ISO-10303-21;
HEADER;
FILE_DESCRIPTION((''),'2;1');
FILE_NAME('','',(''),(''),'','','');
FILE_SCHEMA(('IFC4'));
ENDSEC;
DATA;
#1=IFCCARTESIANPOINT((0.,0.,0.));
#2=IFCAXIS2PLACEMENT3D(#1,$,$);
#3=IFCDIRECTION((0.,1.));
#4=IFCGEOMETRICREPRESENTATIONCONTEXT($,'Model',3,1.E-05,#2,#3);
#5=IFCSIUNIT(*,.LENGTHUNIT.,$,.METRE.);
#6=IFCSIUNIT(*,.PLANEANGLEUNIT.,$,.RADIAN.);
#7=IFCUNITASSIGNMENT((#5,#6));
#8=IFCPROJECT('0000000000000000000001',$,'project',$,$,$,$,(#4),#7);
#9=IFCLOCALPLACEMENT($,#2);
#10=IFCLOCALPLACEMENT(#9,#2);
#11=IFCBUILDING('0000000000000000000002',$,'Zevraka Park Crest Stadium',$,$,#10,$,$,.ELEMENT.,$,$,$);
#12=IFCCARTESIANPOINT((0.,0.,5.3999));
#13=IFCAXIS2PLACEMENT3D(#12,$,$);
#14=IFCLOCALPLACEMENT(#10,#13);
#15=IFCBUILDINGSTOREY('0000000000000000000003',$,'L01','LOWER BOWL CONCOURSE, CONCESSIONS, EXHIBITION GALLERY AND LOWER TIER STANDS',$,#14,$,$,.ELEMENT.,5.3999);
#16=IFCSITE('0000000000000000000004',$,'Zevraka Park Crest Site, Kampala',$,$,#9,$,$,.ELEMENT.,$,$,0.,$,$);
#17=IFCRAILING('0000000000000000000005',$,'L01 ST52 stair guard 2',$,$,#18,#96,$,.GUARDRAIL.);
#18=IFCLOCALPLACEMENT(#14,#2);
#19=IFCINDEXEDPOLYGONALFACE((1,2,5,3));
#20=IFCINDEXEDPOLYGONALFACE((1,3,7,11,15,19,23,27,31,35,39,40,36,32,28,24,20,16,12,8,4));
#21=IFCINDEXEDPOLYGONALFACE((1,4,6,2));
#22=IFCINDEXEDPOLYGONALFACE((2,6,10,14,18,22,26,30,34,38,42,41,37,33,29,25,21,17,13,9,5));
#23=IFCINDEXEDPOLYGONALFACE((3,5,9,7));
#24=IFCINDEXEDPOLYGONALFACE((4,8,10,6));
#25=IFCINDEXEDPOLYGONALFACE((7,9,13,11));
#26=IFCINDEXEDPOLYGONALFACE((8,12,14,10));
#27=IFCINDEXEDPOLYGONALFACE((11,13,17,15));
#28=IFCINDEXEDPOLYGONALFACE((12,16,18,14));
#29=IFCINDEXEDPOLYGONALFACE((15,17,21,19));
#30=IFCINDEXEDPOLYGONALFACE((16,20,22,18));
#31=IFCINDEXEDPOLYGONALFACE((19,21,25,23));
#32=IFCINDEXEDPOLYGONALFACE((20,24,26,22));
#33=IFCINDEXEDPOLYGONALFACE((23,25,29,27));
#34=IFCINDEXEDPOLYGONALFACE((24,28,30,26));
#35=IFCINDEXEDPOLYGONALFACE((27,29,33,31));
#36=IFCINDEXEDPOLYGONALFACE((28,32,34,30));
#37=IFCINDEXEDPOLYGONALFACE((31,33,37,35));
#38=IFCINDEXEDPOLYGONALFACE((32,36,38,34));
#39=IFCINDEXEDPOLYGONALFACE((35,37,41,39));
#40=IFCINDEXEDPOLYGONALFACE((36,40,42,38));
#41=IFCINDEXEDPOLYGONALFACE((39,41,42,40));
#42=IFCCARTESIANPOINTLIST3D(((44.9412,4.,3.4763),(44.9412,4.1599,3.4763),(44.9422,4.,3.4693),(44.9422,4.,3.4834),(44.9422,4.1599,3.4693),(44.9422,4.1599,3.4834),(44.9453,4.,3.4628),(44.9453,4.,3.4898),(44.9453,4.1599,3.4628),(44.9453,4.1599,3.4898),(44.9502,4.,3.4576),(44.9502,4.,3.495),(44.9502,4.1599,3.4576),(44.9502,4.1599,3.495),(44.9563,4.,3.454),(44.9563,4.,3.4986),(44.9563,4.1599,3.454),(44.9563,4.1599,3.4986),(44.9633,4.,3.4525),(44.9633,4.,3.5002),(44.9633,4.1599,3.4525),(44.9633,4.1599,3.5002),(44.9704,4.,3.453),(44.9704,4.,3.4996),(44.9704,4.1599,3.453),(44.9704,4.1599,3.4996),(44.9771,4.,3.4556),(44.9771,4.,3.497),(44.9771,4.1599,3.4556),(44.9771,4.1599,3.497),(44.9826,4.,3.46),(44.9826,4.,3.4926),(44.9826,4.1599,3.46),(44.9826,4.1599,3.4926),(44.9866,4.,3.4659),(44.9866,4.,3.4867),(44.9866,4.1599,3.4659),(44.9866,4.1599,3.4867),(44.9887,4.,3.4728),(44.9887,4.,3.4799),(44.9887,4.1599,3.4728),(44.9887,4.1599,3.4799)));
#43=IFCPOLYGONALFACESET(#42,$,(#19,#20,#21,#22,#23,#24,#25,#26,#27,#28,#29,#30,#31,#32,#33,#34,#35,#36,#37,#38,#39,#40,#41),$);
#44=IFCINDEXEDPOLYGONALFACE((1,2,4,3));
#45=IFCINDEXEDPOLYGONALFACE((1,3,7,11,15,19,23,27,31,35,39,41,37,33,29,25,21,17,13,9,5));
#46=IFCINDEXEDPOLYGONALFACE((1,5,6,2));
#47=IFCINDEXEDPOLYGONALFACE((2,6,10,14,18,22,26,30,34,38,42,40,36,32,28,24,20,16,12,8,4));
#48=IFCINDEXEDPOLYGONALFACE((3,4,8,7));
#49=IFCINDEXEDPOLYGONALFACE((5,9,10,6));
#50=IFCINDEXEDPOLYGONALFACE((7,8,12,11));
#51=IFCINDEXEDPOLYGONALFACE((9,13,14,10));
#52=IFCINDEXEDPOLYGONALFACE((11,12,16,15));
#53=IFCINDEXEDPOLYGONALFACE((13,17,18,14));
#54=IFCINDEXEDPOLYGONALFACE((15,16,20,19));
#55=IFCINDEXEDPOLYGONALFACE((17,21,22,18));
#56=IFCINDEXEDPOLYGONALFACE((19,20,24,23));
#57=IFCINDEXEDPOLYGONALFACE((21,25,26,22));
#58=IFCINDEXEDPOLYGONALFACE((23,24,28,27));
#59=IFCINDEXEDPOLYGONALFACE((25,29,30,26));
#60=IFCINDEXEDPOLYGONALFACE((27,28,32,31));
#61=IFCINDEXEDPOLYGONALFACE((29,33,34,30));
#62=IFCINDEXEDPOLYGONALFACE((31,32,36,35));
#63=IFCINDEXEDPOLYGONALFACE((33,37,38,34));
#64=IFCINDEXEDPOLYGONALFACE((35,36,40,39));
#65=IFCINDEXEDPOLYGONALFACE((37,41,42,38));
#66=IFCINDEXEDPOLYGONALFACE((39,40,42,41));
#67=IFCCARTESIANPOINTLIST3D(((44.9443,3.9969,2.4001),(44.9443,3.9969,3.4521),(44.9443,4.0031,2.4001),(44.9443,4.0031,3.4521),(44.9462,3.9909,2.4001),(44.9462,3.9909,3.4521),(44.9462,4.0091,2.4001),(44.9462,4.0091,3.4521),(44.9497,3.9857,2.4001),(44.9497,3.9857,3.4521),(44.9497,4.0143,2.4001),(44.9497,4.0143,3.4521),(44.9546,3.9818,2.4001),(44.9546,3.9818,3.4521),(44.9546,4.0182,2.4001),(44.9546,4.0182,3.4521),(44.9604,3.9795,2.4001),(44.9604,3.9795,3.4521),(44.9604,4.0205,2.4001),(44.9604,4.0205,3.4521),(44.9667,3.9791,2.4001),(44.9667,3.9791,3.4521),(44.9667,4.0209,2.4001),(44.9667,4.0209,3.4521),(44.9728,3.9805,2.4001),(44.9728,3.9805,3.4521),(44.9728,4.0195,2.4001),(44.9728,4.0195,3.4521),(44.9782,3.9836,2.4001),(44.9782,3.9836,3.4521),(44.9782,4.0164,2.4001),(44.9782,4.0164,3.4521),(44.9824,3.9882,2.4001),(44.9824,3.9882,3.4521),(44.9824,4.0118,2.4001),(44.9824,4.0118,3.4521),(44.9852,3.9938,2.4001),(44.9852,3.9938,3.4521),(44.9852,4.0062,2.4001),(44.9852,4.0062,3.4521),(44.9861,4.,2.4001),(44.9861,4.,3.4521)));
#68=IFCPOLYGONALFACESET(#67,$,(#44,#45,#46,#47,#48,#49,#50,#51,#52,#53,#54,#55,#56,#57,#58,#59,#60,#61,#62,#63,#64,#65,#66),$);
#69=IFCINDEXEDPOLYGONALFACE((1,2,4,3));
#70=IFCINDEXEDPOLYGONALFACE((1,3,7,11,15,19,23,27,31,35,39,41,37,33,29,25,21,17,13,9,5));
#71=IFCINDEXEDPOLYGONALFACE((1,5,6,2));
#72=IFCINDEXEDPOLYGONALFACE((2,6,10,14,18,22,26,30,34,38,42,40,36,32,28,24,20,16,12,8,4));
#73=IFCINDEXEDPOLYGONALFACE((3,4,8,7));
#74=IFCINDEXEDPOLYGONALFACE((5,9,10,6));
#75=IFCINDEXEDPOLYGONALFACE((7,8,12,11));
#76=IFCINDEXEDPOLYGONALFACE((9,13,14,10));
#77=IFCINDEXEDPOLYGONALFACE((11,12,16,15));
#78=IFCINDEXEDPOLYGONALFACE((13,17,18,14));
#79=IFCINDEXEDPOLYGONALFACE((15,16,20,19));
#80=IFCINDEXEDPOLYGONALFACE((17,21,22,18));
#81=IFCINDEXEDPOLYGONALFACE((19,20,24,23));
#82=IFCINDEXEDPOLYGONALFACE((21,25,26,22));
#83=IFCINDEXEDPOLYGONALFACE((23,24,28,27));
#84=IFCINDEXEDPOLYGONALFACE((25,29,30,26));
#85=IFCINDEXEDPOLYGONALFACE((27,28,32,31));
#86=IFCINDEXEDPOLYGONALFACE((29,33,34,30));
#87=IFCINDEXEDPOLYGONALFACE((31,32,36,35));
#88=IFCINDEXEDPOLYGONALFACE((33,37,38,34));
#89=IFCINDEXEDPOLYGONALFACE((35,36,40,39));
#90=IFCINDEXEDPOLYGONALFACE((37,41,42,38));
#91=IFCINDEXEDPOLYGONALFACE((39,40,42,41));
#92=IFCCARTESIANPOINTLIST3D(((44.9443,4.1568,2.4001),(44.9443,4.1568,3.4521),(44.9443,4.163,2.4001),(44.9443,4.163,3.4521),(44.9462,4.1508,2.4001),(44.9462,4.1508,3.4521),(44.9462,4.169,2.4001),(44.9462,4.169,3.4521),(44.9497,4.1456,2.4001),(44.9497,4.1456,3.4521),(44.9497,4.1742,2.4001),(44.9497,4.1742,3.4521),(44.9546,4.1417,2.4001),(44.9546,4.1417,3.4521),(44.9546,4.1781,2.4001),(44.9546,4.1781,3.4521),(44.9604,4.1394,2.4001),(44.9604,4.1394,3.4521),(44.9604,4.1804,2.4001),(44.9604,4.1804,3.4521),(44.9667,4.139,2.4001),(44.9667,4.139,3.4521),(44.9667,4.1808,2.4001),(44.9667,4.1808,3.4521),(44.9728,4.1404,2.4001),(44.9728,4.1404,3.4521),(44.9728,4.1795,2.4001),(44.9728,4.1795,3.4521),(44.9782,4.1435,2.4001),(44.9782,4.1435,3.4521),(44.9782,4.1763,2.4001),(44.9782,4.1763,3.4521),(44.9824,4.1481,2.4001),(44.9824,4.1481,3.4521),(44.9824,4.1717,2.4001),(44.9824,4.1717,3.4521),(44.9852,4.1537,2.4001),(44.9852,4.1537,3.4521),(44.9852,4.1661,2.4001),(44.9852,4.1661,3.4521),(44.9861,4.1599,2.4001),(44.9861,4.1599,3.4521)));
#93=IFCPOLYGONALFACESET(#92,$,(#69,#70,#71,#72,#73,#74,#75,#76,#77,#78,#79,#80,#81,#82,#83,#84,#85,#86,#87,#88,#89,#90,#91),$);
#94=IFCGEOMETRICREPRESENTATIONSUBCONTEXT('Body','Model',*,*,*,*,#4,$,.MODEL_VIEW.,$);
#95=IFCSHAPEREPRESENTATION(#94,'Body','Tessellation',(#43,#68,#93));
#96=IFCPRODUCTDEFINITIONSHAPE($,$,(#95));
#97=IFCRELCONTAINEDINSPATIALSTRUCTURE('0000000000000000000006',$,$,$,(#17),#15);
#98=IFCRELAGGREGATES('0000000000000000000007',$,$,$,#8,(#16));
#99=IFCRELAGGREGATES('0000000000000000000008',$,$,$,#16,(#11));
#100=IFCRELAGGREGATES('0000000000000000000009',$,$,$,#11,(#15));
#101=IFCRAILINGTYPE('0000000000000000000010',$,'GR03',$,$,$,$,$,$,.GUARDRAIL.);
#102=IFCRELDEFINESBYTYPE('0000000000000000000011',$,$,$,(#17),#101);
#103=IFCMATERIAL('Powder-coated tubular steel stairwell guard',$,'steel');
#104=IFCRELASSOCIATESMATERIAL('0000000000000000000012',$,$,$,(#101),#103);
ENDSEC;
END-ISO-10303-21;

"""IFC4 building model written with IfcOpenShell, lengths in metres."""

from ifc_helpers import new_model, si_unit, direction, frame, origin, origin_2d, place, context, subcontext, project, spatial, circle, extrude, material, type_object, element, save


model = new_model("IFC4")

# Units and contexts
model_context = context("Model", 3, precision=1e-05, world=origin(), true_north=direction((0.0, 1.0)))
body_context = subcontext(model_context, "Body", "Model", "MODEL_VIEW")
ifc_project = project(units=[si_unit("LENGTHUNIT", "METRE"), si_unit("PLANEANGLEUNIT", "RADIAN")], contexts=[model_context])

# Site, building, storey
site_placement = place(None, origin())
site = spatial("IfcSite", under=ifc_project, at=site_placement, Name="Zevraka Park Crest Site, Kampala", CompositionType="ELEMENT", RefElevation=0.0)
building_placement = place(site_placement, origin())
building = spatial("IfcBuilding", under=site, at=building_placement, Name="Zevraka Park Crest Stadium", CompositionType="ELEMENT")
storey_placement = place(building_placement, frame((0.0, 0.0, 5.3999)))
storey = spatial("IfcBuildingStorey", under=building, at=storey_placement, Name="L01", Description="LOWER BOWL CONCOURSE, CONCESSIONS, EXHIBITION GALLERY AND LOWER TIER STANDS", CompositionType="ELEMENT", Elevation=5.3999)

# Railing
ifc_material_1 = material(Name="Powder-coated tubular steel stairwell guard", Category="steel")
railing_type_1 = type_object("IfcRailingType", Name="GR03", PredefinedType="GUARDRAIL", material=ifc_material_1)
railing_1_placement = place(storey_placement, frame((44.9651, 4.0, 2.4001)))
element("IfcRailing", 1, at=railing_1_placement, inside=storey, type_object=railing_type_1, Name="L01 ST52 stair guard 2", PredefinedType="GUARDRAIL", context=body_context, shape_type="SweptSolid", body=[
    extrude(circle(Radius=0.0239, at=origin_2d()), frame((0.0, 0.0, 1.0762), z_axis=(0.0, 1.0, 0.0), x_axis=(-1.0, 0.0, 0.0)), (0.0, 0.0, 1.0), 0.1599),
    extrude(circle(Radius=0.021, at=origin_2d()), origin(), (0.0, 0.0, 1.0), 1.052),
    extrude(circle(Radius=0.021, at=origin_2d()), frame((0.0, 0.1599, 0.0)), (0.0, 0.0, 1.0), 1.052),
])

save(model, "model.ifc")
